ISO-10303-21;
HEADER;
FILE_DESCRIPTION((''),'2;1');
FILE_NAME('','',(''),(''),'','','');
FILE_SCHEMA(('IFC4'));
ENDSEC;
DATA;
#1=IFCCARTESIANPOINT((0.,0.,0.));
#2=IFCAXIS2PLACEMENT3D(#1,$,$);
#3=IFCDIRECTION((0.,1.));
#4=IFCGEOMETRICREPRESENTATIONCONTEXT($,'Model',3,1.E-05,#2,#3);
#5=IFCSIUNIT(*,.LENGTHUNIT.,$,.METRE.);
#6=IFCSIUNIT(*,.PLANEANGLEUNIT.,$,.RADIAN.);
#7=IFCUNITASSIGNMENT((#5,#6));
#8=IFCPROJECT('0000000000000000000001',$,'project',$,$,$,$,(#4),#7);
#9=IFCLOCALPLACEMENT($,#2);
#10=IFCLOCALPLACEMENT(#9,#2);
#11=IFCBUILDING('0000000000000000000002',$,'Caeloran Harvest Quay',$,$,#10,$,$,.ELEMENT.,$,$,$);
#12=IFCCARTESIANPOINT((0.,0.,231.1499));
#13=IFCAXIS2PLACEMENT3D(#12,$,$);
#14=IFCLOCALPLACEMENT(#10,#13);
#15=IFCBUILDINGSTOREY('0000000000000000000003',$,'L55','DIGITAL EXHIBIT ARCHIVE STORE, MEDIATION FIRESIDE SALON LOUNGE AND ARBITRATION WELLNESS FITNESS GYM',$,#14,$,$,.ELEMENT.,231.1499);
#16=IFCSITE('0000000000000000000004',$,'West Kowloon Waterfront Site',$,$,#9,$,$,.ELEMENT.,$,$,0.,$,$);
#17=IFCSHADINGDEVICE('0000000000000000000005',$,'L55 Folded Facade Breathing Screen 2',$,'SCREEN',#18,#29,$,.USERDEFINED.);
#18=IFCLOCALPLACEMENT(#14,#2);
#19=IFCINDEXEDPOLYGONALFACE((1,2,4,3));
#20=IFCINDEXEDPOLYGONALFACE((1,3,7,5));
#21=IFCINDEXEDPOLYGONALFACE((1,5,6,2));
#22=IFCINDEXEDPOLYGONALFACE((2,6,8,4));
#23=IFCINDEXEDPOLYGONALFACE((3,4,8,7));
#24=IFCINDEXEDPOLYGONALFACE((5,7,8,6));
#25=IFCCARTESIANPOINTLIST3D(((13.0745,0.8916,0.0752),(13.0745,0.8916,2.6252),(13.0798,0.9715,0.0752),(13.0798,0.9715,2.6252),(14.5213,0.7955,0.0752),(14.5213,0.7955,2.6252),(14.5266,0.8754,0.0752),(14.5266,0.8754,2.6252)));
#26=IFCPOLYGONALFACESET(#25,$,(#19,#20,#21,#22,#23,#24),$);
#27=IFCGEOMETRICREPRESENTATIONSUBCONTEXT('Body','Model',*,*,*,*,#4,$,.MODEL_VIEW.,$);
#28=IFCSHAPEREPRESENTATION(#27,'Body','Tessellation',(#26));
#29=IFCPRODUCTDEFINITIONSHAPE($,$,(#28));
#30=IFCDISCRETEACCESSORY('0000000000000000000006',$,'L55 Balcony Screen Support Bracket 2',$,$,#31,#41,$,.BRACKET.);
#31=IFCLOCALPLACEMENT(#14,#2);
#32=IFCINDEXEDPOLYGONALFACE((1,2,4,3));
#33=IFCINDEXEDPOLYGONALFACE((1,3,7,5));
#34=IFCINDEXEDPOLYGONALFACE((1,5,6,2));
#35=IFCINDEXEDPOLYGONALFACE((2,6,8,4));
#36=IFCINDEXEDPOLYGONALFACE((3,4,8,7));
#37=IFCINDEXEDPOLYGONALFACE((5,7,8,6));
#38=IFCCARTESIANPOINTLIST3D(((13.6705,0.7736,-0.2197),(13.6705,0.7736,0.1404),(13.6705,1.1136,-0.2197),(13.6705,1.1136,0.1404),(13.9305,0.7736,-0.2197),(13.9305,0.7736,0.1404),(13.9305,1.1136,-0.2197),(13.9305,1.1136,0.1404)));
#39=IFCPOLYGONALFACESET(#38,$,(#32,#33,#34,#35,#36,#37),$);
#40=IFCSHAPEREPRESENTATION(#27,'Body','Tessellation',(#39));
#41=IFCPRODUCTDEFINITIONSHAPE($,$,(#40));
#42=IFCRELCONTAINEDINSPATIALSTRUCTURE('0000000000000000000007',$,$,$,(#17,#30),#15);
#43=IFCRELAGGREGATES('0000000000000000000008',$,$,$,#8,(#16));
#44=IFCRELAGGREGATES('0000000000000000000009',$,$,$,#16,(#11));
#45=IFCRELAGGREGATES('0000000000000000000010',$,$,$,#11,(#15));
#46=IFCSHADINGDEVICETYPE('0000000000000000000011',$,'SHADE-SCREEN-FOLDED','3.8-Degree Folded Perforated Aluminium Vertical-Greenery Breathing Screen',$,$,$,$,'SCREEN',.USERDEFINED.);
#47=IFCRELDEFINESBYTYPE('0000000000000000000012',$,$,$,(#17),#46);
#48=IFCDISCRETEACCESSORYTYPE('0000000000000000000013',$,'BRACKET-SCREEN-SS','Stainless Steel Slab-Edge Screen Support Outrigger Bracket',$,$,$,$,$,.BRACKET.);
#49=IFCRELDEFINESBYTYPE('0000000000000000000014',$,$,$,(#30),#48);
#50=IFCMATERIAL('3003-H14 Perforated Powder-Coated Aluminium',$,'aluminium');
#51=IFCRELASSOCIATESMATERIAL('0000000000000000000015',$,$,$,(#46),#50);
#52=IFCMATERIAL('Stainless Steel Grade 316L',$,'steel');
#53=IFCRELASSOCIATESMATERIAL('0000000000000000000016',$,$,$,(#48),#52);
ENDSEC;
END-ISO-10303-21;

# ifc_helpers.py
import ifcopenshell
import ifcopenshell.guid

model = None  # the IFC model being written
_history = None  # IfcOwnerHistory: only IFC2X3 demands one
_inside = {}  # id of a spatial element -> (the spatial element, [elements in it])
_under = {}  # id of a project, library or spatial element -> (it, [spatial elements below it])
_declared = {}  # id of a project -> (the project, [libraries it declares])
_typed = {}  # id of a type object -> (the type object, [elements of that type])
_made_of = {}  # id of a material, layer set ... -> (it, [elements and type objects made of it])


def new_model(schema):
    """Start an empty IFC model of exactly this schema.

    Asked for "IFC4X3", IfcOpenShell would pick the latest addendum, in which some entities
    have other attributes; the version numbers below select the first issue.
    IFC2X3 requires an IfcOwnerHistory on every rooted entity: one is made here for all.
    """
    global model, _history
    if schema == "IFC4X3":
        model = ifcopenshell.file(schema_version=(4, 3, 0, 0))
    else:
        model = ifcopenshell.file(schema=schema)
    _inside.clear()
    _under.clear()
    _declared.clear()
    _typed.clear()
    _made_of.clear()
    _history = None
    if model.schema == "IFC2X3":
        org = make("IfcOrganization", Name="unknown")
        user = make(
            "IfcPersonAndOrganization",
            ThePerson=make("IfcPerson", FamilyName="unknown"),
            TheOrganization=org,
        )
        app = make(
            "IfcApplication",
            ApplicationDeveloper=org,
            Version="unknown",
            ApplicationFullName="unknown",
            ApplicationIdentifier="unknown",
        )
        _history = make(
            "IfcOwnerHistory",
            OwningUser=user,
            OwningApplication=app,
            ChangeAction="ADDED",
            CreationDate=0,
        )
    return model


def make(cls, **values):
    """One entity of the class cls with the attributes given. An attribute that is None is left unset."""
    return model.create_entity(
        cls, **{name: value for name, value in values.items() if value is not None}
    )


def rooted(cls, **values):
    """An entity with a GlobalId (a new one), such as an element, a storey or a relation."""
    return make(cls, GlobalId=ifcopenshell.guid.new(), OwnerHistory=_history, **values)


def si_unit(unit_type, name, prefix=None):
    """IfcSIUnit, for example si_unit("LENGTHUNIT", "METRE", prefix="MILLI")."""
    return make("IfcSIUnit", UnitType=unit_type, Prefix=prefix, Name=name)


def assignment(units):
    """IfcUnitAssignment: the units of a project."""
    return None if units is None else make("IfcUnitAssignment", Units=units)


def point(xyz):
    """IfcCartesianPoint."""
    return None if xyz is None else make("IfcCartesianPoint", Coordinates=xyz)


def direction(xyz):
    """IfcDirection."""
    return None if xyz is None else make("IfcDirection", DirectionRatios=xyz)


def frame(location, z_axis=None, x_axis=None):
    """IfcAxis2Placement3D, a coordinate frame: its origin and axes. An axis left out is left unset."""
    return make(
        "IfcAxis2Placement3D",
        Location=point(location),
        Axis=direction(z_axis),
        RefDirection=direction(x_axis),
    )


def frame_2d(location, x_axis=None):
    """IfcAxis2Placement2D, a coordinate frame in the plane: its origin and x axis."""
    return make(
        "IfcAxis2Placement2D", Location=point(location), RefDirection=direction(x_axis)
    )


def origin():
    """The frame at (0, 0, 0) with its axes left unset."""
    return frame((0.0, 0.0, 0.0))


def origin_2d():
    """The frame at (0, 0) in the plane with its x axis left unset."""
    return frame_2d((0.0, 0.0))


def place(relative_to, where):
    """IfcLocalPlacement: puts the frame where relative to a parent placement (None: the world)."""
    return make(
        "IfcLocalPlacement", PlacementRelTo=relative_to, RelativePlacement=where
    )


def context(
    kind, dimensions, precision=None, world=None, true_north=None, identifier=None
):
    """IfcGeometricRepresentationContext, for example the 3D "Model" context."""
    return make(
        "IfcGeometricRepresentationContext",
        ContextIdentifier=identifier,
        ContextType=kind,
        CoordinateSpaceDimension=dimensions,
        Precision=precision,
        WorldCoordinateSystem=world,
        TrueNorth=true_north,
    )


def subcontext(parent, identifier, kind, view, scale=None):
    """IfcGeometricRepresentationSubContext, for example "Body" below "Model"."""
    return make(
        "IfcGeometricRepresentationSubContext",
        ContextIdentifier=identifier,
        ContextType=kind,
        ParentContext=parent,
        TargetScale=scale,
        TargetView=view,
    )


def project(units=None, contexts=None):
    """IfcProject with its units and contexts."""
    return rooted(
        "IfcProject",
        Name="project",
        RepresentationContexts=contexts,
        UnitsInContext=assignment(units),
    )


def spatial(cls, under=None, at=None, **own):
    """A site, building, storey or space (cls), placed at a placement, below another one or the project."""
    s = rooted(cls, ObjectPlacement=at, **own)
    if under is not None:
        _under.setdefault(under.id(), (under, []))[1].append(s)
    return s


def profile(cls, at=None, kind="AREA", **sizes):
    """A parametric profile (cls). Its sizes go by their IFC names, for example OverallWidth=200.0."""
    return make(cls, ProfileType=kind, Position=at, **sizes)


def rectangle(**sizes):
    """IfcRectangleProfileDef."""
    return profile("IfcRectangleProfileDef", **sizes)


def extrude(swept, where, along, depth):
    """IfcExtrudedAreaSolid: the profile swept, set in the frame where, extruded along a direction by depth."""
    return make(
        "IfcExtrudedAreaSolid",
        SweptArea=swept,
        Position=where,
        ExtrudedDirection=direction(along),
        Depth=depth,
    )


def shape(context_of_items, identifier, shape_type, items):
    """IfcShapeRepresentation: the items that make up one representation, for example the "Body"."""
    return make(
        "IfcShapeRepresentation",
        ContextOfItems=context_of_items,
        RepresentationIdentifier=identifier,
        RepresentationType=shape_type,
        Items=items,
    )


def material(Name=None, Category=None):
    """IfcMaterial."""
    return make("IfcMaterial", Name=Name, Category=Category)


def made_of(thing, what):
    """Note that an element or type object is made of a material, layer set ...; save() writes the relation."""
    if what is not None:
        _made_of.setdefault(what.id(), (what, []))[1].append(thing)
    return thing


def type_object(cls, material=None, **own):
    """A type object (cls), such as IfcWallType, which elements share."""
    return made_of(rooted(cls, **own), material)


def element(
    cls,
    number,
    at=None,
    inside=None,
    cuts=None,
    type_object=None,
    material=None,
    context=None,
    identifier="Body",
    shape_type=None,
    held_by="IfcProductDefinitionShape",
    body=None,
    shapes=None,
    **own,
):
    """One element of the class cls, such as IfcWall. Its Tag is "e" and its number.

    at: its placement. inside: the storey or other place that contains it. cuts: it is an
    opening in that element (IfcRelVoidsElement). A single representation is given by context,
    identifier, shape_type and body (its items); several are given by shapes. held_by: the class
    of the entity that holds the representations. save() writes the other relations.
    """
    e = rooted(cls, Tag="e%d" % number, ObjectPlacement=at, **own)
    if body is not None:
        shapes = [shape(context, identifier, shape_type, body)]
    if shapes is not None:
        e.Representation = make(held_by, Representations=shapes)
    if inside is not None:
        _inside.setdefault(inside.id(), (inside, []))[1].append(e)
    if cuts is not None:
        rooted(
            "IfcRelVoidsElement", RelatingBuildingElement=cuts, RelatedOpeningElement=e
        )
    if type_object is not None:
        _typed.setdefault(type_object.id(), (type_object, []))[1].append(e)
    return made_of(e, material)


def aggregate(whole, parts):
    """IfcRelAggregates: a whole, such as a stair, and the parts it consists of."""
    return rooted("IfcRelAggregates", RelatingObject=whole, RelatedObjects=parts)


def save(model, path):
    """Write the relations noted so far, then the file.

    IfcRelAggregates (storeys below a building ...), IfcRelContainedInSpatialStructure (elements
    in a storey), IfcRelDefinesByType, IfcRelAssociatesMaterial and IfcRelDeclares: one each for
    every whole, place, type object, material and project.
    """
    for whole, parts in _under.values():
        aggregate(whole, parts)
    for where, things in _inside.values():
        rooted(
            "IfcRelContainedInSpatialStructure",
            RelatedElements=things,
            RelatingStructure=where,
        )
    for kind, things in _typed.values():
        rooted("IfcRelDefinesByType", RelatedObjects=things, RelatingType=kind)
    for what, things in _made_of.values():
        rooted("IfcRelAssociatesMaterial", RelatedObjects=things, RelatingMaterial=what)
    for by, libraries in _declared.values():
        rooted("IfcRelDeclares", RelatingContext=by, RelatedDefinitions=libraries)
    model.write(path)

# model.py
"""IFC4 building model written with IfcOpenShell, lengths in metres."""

from ifc_helpers import new_model, si_unit, direction, frame, origin, origin_2d, place, context, subcontext, project, spatial, rectangle, extrude, material, type_object, element, save


model = new_model("IFC4")

# Units and contexts
model_context = context("Model", 3, precision=1e-05, world=origin(), true_north=direction((0.0, 1.0)))
body_context = subcontext(model_context, "Body", "Model", "MODEL_VIEW")
ifc_project = project(units=[si_unit("LENGTHUNIT", "METRE"), si_unit("PLANEANGLEUNIT", "RADIAN")], contexts=[model_context])

# Site, building, storey
site_placement = place(None, origin())
site = spatial("IfcSite", under=ifc_project, at=site_placement, Name="West Kowloon Waterfront Site", CompositionType="ELEMENT", RefElevation=0.0)
building_placement = place(site_placement, origin())
building = spatial("IfcBuilding", under=site, at=building_placement, Name="Caeloran Harvest Quay", CompositionType="ELEMENT")
storey_placement = place(building_placement, frame((0.0, 0.0, 231.1499)))
storey = spatial("IfcBuildingStorey", under=building, at=storey_placement, Name="L55", Description="DIGITAL EXHIBIT ARCHIVE STORE, MEDIATION FIRESIDE SALON LOUNGE AND ARBITRATION WELLNESS FITNESS GYM", CompositionType="ELEMENT", Elevation=231.1499)

# Shading device
ifc_material_1 = material(Name="3003-H14 Perforated Powder-Coated Aluminium", Category="aluminium")
shading_device_type = type_object("IfcShadingDeviceType", Name="SHADE-SCREEN-FOLDED", Description="3.8-Degree Folded Perforated Aluminium Vertical-Greenery Breathing Screen", ElementType="SCREEN", PredefinedType="USERDEFINED", material=ifc_material_1)
shading_device_placement = place(storey_placement, frame((13.8005, 0.8835, 0.0752), z_axis=(0.0, 0.0, 1.0), x_axis=(0.997801, -0.066274, 0.0)))
element("IfcShadingDevice", 1, at=shading_device_placement, inside=storey, type_object=shading_device_type, Name="L55 Folded Facade Breathing Screen 2", ObjectType="SCREEN", PredefinedType="USERDEFINED", context=body_context, shape_type="SweptSolid", body=[
    extrude(rectangle(XDim=1.45, YDim=0.0801, at=origin_2d()), origin(), (0.0, 0.0, 1.0), 2.55),
])

# Discrete accessory
ifc_material_2 = material(Name="Stainless Steel Grade 316L", Category="steel")
discrete_accessory_type = type_object("IfcDiscreteAccessoryType", Name="BRACKET-SCREEN-SS", Description="Stainless Steel Slab-Edge Screen Support Outrigger Bracket", PredefinedType="BRACKET", material=ifc_material_2)
discrete_accessory_placement = place(storey_placement, frame((13.8005, 0.9436, -0.2197), z_axis=(0.0, 0.0, 1.0), x_axis=(1.0, 0.0, 0.0)))
element("IfcDiscreteAccessory", 2, at=discrete_accessory_placement, inside=storey, type_object=discrete_accessory_type, Name="L55 Balcony Screen Support Bracket 2", PredefinedType="BRACKET", context=body_context, shape_type="SweptSolid", body=[
    extrude(rectangle(XDim=0.26, YDim=0.3401, at=origin_2d()), origin(), (0.0, 0.0, 1.0), 0.3601),
])

save(model, "model.ifc")
